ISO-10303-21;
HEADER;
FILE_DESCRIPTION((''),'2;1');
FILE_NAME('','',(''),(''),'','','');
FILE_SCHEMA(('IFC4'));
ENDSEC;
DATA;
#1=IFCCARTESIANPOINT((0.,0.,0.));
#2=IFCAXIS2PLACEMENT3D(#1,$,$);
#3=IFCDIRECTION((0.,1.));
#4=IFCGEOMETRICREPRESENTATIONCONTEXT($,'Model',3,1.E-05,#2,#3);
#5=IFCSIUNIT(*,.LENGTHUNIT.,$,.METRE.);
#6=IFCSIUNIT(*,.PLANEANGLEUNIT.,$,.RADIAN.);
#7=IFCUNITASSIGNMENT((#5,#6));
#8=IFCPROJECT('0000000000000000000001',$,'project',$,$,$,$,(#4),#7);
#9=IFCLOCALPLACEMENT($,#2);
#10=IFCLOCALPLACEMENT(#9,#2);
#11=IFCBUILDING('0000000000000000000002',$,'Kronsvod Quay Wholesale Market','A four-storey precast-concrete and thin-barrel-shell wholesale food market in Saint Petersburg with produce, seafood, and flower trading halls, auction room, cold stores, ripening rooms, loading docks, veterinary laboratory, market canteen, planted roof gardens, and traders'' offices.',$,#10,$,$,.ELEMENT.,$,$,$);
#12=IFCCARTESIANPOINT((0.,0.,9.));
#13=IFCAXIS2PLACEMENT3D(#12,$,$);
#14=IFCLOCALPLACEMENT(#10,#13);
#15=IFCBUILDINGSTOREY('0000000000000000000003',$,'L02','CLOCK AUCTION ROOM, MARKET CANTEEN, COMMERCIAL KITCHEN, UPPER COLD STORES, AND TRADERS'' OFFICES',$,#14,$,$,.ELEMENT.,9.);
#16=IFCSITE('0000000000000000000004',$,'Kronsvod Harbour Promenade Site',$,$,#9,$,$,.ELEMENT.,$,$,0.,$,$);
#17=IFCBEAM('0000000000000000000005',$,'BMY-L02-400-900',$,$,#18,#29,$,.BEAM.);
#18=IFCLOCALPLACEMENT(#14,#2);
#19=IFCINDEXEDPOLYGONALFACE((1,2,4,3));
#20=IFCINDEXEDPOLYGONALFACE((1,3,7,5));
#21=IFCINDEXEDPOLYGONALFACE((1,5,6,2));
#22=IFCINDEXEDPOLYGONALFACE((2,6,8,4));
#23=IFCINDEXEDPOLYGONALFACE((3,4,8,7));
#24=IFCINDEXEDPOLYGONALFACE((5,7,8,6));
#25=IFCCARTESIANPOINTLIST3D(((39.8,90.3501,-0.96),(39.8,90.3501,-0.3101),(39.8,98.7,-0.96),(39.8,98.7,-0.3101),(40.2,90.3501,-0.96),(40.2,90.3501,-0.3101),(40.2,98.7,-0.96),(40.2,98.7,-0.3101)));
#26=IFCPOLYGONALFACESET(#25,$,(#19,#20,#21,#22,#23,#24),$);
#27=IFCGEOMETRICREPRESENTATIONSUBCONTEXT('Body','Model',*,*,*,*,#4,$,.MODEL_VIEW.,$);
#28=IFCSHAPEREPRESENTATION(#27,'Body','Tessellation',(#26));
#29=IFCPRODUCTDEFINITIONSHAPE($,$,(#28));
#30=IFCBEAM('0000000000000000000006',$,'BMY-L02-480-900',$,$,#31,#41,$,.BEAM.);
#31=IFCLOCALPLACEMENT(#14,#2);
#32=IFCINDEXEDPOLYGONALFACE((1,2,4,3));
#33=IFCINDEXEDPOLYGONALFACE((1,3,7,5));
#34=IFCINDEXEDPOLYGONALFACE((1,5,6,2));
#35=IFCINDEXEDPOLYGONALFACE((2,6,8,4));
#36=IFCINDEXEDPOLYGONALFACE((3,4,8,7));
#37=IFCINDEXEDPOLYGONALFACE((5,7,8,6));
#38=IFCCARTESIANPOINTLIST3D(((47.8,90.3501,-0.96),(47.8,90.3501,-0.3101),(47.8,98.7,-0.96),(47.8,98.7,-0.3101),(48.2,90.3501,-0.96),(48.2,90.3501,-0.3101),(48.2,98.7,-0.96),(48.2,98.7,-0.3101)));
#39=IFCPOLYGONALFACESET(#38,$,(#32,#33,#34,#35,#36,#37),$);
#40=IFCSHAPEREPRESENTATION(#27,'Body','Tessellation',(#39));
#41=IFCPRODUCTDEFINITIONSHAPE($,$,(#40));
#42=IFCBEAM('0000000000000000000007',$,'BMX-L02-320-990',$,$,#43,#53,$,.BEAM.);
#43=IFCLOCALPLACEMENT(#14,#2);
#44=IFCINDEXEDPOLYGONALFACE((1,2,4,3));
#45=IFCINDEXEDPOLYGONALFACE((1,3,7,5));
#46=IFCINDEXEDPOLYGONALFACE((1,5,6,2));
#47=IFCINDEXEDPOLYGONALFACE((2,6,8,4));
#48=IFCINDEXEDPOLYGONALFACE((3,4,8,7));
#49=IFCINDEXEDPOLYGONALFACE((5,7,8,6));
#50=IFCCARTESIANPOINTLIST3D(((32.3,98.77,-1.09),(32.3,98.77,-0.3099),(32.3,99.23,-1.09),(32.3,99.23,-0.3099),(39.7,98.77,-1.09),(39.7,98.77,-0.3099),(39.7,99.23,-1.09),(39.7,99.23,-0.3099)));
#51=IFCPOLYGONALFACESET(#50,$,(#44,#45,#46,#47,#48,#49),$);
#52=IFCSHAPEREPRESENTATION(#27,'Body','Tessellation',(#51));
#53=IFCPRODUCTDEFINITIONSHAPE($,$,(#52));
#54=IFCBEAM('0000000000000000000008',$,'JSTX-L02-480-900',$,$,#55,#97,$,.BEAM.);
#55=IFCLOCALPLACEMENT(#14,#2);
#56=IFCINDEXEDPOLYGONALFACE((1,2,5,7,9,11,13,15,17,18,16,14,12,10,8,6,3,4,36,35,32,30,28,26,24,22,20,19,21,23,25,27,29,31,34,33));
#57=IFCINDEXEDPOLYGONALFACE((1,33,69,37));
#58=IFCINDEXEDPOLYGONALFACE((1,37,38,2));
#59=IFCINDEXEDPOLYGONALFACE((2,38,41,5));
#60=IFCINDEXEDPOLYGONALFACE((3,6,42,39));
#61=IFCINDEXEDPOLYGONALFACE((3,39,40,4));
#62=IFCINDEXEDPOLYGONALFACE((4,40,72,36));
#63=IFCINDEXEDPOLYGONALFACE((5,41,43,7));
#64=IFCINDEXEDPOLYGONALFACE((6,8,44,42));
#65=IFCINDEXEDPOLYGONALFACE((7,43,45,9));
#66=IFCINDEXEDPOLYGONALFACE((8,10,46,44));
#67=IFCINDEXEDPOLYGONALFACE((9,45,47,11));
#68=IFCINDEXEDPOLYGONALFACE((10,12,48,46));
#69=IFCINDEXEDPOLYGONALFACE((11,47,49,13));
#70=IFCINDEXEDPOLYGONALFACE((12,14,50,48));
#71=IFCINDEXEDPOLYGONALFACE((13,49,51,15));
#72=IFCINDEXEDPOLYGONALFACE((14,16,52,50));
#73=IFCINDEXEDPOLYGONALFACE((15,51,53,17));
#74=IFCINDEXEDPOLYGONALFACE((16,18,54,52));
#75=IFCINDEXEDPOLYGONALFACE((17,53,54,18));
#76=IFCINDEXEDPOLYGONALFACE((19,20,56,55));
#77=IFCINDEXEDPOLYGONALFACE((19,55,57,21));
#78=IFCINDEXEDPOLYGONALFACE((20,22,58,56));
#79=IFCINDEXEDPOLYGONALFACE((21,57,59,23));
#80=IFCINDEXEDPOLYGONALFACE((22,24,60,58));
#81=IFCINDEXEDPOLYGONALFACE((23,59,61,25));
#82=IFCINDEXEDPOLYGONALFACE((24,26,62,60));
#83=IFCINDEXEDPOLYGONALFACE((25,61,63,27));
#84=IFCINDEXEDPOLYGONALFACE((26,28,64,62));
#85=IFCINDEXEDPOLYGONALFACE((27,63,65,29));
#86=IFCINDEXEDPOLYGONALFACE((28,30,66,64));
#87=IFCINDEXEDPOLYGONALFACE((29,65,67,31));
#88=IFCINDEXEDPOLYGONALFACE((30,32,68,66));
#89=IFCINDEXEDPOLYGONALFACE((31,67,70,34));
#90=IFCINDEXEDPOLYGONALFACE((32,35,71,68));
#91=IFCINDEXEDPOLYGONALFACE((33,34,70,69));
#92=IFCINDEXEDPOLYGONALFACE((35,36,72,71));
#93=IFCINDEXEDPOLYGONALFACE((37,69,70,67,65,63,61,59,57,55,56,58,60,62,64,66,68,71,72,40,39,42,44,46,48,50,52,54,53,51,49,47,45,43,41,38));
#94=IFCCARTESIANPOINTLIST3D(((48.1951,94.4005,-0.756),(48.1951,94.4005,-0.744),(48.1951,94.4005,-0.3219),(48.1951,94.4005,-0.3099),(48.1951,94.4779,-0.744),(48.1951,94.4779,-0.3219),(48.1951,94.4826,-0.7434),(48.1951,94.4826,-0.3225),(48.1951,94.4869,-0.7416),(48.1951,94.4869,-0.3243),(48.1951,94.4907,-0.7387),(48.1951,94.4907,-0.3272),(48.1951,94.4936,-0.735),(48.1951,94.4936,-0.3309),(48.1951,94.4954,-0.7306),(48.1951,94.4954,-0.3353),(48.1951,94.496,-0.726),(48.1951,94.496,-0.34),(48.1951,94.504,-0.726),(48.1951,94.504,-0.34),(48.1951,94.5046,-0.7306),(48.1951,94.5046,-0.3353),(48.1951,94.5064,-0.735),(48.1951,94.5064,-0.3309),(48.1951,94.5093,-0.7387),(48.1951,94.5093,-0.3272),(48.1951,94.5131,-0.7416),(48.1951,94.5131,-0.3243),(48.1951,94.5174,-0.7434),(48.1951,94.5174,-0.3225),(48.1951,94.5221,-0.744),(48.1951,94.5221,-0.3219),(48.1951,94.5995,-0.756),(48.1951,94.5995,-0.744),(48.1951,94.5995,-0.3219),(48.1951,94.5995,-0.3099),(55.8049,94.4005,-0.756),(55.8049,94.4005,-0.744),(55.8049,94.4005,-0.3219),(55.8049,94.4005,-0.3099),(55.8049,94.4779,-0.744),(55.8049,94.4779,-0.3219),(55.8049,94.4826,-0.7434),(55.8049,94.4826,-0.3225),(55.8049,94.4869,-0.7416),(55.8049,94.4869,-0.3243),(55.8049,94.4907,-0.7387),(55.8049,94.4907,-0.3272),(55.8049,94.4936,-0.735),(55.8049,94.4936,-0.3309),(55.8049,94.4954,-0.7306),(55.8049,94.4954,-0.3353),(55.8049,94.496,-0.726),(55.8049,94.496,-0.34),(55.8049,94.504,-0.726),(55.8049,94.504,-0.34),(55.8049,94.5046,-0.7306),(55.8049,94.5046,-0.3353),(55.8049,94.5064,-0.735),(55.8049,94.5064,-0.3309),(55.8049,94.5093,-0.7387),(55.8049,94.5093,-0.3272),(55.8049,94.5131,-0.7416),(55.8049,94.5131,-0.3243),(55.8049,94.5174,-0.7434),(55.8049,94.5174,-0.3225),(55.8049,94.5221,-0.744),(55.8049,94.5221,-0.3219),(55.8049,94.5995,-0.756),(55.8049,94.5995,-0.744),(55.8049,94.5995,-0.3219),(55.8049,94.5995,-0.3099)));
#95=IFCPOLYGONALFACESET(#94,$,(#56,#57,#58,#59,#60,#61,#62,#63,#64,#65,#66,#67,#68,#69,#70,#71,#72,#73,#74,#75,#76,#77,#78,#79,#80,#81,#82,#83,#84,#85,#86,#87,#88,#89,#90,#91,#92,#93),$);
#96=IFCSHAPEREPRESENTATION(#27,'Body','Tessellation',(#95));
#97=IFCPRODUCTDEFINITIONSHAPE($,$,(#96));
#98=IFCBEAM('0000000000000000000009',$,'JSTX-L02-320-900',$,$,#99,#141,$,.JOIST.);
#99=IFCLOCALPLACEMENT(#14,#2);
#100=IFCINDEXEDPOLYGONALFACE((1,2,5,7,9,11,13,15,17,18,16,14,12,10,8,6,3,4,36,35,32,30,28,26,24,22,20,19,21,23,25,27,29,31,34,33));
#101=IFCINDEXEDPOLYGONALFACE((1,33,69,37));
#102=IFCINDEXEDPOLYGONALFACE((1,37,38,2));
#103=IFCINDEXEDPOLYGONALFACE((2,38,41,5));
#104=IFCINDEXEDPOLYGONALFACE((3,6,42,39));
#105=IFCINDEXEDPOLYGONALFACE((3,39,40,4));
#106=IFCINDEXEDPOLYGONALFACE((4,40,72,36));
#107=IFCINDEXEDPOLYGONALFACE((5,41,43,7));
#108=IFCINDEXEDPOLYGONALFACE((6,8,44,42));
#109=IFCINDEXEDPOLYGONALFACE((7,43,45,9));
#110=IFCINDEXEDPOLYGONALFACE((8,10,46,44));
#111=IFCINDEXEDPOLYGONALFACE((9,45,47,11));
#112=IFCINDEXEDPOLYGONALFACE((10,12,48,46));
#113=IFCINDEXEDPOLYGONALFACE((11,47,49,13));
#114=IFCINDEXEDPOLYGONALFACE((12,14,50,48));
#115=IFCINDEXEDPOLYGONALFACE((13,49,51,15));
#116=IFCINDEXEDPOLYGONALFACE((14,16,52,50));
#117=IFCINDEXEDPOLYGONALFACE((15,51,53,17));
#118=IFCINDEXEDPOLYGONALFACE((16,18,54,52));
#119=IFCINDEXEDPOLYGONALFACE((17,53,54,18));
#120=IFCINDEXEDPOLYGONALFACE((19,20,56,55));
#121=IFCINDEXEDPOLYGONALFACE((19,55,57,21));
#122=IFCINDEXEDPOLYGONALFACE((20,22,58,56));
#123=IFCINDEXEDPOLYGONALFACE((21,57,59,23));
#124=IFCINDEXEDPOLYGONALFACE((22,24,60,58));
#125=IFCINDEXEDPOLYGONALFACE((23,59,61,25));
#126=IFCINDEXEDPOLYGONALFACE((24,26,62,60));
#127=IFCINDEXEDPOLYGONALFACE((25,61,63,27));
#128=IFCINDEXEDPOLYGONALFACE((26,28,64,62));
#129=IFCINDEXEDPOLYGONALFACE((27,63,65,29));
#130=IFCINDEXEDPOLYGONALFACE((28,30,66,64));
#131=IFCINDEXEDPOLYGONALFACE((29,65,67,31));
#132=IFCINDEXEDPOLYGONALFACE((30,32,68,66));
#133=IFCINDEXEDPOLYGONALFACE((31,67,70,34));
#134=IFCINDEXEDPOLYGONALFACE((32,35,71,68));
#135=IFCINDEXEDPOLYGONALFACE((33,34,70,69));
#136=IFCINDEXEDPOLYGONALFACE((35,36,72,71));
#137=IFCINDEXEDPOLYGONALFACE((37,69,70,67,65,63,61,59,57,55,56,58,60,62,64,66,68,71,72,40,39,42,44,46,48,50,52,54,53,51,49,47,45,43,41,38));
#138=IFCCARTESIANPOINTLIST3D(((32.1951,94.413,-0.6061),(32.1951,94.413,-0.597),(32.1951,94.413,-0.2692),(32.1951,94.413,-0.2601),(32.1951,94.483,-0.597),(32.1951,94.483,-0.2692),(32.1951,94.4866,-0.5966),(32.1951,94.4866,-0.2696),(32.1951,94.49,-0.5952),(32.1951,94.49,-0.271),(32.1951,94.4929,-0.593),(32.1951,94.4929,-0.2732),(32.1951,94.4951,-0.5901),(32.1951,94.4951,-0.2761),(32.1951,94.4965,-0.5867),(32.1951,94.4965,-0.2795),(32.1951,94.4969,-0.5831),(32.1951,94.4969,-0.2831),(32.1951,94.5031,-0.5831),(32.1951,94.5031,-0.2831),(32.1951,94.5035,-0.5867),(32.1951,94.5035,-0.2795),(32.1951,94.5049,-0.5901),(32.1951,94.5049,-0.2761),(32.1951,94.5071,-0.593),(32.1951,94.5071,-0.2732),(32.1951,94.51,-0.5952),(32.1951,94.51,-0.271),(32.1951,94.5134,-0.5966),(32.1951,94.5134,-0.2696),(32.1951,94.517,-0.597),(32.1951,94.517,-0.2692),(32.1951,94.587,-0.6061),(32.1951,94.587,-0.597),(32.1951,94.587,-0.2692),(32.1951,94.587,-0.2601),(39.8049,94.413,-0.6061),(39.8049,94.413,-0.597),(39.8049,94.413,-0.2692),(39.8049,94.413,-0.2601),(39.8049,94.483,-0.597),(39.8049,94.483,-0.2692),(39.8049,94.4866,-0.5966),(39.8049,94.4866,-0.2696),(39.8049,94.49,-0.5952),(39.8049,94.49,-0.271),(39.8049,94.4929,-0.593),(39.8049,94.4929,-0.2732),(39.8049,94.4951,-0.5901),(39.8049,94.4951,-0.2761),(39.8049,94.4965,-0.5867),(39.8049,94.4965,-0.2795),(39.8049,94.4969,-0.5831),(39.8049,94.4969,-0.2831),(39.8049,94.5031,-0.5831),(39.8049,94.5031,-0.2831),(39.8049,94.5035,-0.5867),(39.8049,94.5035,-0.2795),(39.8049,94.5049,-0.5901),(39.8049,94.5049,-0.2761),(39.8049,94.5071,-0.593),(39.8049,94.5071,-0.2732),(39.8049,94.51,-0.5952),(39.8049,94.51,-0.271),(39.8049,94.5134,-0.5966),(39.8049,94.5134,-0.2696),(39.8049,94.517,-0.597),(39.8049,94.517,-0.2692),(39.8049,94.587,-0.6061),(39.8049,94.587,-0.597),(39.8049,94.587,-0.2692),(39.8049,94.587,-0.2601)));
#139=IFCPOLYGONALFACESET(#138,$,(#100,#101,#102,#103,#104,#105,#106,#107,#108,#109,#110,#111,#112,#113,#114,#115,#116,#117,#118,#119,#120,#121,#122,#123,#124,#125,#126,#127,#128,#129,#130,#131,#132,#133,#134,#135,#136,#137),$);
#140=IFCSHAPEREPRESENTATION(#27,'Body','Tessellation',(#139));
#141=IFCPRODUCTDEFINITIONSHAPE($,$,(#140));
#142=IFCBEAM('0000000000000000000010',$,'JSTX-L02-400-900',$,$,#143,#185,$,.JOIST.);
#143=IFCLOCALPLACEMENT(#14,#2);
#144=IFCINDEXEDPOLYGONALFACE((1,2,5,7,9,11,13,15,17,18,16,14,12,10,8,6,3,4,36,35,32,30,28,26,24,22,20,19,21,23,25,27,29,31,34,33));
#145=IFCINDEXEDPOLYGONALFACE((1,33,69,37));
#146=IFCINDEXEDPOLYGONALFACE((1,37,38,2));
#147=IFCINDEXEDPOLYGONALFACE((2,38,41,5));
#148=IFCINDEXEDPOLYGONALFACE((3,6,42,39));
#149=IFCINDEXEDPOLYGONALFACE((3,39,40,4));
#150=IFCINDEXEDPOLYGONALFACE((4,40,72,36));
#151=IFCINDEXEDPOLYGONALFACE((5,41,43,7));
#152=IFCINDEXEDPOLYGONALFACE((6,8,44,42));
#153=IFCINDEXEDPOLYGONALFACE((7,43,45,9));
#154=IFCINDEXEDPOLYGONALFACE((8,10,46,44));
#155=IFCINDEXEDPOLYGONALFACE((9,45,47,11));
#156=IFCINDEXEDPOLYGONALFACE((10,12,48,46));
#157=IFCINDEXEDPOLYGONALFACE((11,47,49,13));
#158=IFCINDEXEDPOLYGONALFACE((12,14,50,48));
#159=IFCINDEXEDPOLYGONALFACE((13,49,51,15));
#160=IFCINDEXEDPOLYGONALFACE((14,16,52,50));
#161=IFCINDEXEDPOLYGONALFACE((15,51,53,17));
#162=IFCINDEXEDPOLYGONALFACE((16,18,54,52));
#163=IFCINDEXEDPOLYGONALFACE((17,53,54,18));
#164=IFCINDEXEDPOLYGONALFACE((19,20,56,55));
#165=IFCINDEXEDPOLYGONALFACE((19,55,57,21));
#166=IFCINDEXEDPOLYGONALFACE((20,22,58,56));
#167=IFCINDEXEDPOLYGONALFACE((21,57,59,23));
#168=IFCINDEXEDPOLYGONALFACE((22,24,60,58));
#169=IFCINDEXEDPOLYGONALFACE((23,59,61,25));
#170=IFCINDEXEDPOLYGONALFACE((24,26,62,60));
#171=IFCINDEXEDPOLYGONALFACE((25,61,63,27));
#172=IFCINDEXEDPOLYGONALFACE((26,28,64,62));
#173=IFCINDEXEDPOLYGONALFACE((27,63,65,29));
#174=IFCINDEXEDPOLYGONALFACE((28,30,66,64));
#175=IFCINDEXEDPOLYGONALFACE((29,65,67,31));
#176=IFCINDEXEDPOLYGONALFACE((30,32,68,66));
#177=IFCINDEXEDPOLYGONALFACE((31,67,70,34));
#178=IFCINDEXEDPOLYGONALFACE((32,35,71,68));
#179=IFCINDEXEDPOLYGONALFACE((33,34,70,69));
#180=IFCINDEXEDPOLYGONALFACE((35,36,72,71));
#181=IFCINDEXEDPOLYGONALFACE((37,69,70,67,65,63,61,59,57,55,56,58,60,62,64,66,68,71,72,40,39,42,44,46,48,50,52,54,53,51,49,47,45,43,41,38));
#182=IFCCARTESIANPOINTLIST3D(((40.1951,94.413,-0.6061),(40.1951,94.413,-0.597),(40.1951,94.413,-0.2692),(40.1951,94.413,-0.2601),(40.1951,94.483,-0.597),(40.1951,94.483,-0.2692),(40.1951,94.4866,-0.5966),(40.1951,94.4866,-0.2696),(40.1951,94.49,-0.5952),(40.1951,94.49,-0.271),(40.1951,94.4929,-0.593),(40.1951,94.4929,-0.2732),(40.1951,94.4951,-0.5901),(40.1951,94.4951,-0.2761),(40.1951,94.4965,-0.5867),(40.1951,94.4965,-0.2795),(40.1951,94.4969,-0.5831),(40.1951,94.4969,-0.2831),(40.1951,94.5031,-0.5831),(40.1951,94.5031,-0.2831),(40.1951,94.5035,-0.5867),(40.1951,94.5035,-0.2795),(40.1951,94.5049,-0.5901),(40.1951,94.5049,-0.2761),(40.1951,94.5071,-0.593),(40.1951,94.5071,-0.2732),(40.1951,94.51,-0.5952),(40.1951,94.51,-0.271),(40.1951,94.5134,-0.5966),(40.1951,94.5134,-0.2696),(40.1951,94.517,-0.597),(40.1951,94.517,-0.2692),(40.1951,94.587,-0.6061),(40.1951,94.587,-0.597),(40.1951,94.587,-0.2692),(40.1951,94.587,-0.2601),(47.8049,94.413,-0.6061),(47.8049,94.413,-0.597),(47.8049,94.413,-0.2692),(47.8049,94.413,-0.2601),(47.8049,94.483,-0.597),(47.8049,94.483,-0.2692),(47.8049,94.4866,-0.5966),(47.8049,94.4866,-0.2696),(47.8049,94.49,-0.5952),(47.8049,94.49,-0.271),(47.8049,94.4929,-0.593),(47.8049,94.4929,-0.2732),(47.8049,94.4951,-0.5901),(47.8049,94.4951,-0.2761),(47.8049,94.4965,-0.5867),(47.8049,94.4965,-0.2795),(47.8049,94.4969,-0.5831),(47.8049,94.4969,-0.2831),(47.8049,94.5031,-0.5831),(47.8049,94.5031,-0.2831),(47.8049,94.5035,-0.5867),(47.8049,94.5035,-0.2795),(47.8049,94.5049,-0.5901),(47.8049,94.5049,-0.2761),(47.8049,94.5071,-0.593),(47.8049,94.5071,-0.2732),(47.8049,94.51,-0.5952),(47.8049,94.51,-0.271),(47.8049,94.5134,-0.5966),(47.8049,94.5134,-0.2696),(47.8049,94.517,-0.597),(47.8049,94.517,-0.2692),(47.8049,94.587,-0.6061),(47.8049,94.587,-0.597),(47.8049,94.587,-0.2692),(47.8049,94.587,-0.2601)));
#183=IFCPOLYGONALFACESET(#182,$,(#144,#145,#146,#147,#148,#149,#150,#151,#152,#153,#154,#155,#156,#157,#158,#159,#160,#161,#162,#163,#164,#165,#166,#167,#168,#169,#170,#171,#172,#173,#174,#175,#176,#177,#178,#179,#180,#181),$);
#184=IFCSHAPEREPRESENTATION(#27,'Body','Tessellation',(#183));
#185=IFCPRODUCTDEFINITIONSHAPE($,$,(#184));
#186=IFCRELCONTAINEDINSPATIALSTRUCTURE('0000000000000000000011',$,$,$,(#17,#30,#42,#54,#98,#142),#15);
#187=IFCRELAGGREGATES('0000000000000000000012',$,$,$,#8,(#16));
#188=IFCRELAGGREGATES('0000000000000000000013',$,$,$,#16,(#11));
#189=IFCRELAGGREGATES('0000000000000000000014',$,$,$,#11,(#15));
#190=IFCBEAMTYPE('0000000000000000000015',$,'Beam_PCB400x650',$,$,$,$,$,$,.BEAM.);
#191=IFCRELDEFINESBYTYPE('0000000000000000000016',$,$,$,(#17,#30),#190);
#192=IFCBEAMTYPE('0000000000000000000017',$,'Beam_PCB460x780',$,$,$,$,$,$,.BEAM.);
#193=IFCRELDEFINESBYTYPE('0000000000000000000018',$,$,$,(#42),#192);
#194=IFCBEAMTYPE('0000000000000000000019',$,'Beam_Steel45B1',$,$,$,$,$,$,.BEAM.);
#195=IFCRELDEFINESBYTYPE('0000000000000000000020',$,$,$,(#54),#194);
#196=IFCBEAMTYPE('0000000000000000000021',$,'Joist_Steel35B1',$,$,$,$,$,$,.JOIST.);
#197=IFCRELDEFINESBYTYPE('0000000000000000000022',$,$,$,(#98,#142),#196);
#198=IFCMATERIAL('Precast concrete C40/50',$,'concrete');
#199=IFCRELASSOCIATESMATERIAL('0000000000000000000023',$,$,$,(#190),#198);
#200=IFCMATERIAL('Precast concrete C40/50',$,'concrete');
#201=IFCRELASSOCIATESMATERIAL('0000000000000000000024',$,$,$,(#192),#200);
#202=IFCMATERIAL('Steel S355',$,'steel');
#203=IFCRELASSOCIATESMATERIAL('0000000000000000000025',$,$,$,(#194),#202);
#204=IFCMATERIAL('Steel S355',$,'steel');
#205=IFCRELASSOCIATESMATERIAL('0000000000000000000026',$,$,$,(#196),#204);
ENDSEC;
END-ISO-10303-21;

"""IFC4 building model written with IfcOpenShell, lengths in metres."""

from ifc_helpers import new_model, si_unit, direction, frame, origin, origin_2d, place, context, subcontext, project, spatial, rectangle, i_section, extrude, material, material_profile, profile_set, type_object, element, save


model = new_model("IFC4")

# Units and contexts
model_context = context("Model", 3, precision=1e-05, world=origin(), true_north=direction((0.0, 1.0)))
body_context = subcontext(model_context, "Body", "Model", "MODEL_VIEW")
ifc_project = project(units=[si_unit("LENGTHUNIT", "METRE"), si_unit("PLANEANGLEUNIT", "RADIAN")], contexts=[model_context])

# Site, building, storey
site_placement = place(None, origin())
site = spatial("IfcSite", under=ifc_project, at=site_placement, Name="Kronsvod Harbour Promenade Site", CompositionType="ELEMENT", RefElevation=0.0)
building_placement = place(site_placement, origin())
building = spatial("IfcBuilding", under=site, at=building_placement, Name="Kronsvod Quay Wholesale Market", Description="A four-storey precast-concrete and thin-barrel-shell wholesale food market in Saint Petersburg with produce, seafood, and flower trading halls, auction room, cold stores, ripening rooms, loading docks, veterinary laboratory, market canteen, planted roof gardens, and traders' offices.", CompositionType="ELEMENT")
storey_placement = place(building_placement, frame((0.0, 0.0, 9.0)))
storey = spatial("IfcBuildingStorey", under=building, at=storey_placement, Name="L02", Description="CLOCK AUCTION ROOM, MARKET CANTEEN, COMMERCIAL KITCHEN, UPPER COLD STORES, AND TRADERS' OFFICES", CompositionType="ELEMENT", Elevation=9.0)

# Beams
ifc_material_1 = material(Name="Precast concrete C40/50", Category="concrete")
ifc_material_profile_1 = material_profile(ifc_material_1, rectangle(XDim=0.3999, YDim=0.6499, at=origin_2d()), Name="PCB400x650")
ifc_profile_set_1 = profile_set([ifc_material_profile_1], Name="Precast concrete C40/50")
beam_type_1 = type_object("IfcBeamType", Name="Beam_PCB400x650", PredefinedType="BEAM", material=ifc_profile_set_1)
for number, where, z_axis, x_axis, name in (
    (1, (40.0, 90.3501, -0.635), (0.0, 1.0, 0.0), (-1.0, 0.0, 0.0), "BMY-L02-400-900"),
    (2, (48.0, 90.3501, -0.635), (0.0, 1.0, 0.0), (-1.0, 0.0, 0.0), "BMY-L02-480-900"),
):
    element("IfcBeam", number, at=place(storey_placement, frame(where, z_axis=z_axis, x_axis=x_axis)), inside=storey, type_object=beam_type_1, Name=name, PredefinedType="BEAM", context=body_context, shape_type="SweptSolid", body=[
        extrude(rectangle(XDim=0.3999, YDim=0.6499, at=origin_2d()), origin(), (0.0, 0.0, 1.0), 8.3499),
    ])
ifc_material_2 = material(Name="Precast concrete C40/50", Category="concrete")
ifc_material_profile_2 = material_profile(ifc_material_2, rectangle(XDim=0.46, YDim=0.78, at=origin_2d()), Name="PB-03")
ifc_profile_set_2 = profile_set([ifc_material_profile_2], Name="Precast concrete C40/50")
beam_type_2 = type_object("IfcBeamType", Name="Beam_PCB460x780", PredefinedType="BEAM", material=ifc_profile_set_2)
beam_1_placement = place(storey_placement, frame((32.3, 99.0, -0.7), z_axis=(1.0, 0.0, 0.0), x_axis=(0.0, 1.0, 0.0)))
element("IfcBeam", 3, at=beam_1_placement, inside=storey, type_object=beam_type_2, Name="BMX-L02-320-990", PredefinedType="BEAM", context=body_context, shape_type="SweptSolid", body=[
    extrude(rectangle(XDim=0.46, YDim=0.78, at=origin_2d()), origin(), (0.0, 0.0, 1.0), 7.3999),
])
ifc_material_3 = material(Name="Steel S355", Category="steel")
ifc_material_profile_3 = material_profile(ifc_material_3, i_section(OverallWidth=0.199, OverallDepth=0.446, WebThickness=0.0081, FlangeThickness=0.012, FilletRadius=0.0181, at=origin_2d()), Name="45B1")
ifc_profile_set_3 = profile_set([ifc_material_profile_3], Name="Steel S355")
beam_type_3 = type_object("IfcBeamType", Name="Beam_Steel45B1", PredefinedType="BEAM", material=ifc_profile_set_3)
beam_2_placement = place(storey_placement, frame((48.1951, 94.5, -0.533), z_axis=(1.0, 0.0, 0.0), x_axis=(0.0, 1.0, 0.0)))
element("IfcBeam", 4, at=beam_2_placement, inside=storey, type_object=beam_type_3, Name="JSTX-L02-480-900", PredefinedType="BEAM", context=body_context, shape_type="SweptSolid", body=[
    extrude(i_section(OverallWidth=0.199, OverallDepth=0.446, WebThickness=0.0081, FlangeThickness=0.012, FilletRadius=0.0181, at=origin_2d()), origin(), (0.0, 0.0, 1.0), 7.6099),
])
ifc_material_4 = material(Name="Steel S355", Category="steel")
ifc_material_profile_4 = material_profile(ifc_material_4, i_section(OverallWidth=0.1741, OverallDepth=0.3459, WebThickness=0.0061, FlangeThickness=0.009, FilletRadius=0.0139, at=origin_2d()), Name="35B1")
ifc_profile_set_4 = profile_set([ifc_material_profile_4], Name="Steel S355")
beam_type_4 = type_object("IfcBeamType", Name="Joist_Steel35B1", PredefinedType="JOIST", material=ifc_profile_set_4)
for number, where, z_axis, x_axis, name in (
    (5, (32.1951, 94.5, -0.4331), (1.0, 0.0, 0.0), (0.0, 1.0, 0.0), "JSTX-L02-320-900"),
    (6, (40.1951, 94.5, -0.4331), (1.0, 0.0, 0.0), (0.0, 1.0, 0.0), "JSTX-L02-400-900"),
):
    element("IfcBeam", number, at=place(storey_placement, frame(where, z_axis=z_axis, x_axis=x_axis)), inside=storey, type_object=beam_type_4, Name=name, PredefinedType="JOIST", context=body_context, shape_type="SweptSolid", body=[
        extrude(i_section(OverallWidth=0.1741, OverallDepth=0.3459, WebThickness=0.0061, FlangeThickness=0.009, FilletRadius=0.0139, at=origin_2d()), origin(), (0.0, 0.0, 1.0), 7.6099),
    ])

save(model, "model.ifc")
